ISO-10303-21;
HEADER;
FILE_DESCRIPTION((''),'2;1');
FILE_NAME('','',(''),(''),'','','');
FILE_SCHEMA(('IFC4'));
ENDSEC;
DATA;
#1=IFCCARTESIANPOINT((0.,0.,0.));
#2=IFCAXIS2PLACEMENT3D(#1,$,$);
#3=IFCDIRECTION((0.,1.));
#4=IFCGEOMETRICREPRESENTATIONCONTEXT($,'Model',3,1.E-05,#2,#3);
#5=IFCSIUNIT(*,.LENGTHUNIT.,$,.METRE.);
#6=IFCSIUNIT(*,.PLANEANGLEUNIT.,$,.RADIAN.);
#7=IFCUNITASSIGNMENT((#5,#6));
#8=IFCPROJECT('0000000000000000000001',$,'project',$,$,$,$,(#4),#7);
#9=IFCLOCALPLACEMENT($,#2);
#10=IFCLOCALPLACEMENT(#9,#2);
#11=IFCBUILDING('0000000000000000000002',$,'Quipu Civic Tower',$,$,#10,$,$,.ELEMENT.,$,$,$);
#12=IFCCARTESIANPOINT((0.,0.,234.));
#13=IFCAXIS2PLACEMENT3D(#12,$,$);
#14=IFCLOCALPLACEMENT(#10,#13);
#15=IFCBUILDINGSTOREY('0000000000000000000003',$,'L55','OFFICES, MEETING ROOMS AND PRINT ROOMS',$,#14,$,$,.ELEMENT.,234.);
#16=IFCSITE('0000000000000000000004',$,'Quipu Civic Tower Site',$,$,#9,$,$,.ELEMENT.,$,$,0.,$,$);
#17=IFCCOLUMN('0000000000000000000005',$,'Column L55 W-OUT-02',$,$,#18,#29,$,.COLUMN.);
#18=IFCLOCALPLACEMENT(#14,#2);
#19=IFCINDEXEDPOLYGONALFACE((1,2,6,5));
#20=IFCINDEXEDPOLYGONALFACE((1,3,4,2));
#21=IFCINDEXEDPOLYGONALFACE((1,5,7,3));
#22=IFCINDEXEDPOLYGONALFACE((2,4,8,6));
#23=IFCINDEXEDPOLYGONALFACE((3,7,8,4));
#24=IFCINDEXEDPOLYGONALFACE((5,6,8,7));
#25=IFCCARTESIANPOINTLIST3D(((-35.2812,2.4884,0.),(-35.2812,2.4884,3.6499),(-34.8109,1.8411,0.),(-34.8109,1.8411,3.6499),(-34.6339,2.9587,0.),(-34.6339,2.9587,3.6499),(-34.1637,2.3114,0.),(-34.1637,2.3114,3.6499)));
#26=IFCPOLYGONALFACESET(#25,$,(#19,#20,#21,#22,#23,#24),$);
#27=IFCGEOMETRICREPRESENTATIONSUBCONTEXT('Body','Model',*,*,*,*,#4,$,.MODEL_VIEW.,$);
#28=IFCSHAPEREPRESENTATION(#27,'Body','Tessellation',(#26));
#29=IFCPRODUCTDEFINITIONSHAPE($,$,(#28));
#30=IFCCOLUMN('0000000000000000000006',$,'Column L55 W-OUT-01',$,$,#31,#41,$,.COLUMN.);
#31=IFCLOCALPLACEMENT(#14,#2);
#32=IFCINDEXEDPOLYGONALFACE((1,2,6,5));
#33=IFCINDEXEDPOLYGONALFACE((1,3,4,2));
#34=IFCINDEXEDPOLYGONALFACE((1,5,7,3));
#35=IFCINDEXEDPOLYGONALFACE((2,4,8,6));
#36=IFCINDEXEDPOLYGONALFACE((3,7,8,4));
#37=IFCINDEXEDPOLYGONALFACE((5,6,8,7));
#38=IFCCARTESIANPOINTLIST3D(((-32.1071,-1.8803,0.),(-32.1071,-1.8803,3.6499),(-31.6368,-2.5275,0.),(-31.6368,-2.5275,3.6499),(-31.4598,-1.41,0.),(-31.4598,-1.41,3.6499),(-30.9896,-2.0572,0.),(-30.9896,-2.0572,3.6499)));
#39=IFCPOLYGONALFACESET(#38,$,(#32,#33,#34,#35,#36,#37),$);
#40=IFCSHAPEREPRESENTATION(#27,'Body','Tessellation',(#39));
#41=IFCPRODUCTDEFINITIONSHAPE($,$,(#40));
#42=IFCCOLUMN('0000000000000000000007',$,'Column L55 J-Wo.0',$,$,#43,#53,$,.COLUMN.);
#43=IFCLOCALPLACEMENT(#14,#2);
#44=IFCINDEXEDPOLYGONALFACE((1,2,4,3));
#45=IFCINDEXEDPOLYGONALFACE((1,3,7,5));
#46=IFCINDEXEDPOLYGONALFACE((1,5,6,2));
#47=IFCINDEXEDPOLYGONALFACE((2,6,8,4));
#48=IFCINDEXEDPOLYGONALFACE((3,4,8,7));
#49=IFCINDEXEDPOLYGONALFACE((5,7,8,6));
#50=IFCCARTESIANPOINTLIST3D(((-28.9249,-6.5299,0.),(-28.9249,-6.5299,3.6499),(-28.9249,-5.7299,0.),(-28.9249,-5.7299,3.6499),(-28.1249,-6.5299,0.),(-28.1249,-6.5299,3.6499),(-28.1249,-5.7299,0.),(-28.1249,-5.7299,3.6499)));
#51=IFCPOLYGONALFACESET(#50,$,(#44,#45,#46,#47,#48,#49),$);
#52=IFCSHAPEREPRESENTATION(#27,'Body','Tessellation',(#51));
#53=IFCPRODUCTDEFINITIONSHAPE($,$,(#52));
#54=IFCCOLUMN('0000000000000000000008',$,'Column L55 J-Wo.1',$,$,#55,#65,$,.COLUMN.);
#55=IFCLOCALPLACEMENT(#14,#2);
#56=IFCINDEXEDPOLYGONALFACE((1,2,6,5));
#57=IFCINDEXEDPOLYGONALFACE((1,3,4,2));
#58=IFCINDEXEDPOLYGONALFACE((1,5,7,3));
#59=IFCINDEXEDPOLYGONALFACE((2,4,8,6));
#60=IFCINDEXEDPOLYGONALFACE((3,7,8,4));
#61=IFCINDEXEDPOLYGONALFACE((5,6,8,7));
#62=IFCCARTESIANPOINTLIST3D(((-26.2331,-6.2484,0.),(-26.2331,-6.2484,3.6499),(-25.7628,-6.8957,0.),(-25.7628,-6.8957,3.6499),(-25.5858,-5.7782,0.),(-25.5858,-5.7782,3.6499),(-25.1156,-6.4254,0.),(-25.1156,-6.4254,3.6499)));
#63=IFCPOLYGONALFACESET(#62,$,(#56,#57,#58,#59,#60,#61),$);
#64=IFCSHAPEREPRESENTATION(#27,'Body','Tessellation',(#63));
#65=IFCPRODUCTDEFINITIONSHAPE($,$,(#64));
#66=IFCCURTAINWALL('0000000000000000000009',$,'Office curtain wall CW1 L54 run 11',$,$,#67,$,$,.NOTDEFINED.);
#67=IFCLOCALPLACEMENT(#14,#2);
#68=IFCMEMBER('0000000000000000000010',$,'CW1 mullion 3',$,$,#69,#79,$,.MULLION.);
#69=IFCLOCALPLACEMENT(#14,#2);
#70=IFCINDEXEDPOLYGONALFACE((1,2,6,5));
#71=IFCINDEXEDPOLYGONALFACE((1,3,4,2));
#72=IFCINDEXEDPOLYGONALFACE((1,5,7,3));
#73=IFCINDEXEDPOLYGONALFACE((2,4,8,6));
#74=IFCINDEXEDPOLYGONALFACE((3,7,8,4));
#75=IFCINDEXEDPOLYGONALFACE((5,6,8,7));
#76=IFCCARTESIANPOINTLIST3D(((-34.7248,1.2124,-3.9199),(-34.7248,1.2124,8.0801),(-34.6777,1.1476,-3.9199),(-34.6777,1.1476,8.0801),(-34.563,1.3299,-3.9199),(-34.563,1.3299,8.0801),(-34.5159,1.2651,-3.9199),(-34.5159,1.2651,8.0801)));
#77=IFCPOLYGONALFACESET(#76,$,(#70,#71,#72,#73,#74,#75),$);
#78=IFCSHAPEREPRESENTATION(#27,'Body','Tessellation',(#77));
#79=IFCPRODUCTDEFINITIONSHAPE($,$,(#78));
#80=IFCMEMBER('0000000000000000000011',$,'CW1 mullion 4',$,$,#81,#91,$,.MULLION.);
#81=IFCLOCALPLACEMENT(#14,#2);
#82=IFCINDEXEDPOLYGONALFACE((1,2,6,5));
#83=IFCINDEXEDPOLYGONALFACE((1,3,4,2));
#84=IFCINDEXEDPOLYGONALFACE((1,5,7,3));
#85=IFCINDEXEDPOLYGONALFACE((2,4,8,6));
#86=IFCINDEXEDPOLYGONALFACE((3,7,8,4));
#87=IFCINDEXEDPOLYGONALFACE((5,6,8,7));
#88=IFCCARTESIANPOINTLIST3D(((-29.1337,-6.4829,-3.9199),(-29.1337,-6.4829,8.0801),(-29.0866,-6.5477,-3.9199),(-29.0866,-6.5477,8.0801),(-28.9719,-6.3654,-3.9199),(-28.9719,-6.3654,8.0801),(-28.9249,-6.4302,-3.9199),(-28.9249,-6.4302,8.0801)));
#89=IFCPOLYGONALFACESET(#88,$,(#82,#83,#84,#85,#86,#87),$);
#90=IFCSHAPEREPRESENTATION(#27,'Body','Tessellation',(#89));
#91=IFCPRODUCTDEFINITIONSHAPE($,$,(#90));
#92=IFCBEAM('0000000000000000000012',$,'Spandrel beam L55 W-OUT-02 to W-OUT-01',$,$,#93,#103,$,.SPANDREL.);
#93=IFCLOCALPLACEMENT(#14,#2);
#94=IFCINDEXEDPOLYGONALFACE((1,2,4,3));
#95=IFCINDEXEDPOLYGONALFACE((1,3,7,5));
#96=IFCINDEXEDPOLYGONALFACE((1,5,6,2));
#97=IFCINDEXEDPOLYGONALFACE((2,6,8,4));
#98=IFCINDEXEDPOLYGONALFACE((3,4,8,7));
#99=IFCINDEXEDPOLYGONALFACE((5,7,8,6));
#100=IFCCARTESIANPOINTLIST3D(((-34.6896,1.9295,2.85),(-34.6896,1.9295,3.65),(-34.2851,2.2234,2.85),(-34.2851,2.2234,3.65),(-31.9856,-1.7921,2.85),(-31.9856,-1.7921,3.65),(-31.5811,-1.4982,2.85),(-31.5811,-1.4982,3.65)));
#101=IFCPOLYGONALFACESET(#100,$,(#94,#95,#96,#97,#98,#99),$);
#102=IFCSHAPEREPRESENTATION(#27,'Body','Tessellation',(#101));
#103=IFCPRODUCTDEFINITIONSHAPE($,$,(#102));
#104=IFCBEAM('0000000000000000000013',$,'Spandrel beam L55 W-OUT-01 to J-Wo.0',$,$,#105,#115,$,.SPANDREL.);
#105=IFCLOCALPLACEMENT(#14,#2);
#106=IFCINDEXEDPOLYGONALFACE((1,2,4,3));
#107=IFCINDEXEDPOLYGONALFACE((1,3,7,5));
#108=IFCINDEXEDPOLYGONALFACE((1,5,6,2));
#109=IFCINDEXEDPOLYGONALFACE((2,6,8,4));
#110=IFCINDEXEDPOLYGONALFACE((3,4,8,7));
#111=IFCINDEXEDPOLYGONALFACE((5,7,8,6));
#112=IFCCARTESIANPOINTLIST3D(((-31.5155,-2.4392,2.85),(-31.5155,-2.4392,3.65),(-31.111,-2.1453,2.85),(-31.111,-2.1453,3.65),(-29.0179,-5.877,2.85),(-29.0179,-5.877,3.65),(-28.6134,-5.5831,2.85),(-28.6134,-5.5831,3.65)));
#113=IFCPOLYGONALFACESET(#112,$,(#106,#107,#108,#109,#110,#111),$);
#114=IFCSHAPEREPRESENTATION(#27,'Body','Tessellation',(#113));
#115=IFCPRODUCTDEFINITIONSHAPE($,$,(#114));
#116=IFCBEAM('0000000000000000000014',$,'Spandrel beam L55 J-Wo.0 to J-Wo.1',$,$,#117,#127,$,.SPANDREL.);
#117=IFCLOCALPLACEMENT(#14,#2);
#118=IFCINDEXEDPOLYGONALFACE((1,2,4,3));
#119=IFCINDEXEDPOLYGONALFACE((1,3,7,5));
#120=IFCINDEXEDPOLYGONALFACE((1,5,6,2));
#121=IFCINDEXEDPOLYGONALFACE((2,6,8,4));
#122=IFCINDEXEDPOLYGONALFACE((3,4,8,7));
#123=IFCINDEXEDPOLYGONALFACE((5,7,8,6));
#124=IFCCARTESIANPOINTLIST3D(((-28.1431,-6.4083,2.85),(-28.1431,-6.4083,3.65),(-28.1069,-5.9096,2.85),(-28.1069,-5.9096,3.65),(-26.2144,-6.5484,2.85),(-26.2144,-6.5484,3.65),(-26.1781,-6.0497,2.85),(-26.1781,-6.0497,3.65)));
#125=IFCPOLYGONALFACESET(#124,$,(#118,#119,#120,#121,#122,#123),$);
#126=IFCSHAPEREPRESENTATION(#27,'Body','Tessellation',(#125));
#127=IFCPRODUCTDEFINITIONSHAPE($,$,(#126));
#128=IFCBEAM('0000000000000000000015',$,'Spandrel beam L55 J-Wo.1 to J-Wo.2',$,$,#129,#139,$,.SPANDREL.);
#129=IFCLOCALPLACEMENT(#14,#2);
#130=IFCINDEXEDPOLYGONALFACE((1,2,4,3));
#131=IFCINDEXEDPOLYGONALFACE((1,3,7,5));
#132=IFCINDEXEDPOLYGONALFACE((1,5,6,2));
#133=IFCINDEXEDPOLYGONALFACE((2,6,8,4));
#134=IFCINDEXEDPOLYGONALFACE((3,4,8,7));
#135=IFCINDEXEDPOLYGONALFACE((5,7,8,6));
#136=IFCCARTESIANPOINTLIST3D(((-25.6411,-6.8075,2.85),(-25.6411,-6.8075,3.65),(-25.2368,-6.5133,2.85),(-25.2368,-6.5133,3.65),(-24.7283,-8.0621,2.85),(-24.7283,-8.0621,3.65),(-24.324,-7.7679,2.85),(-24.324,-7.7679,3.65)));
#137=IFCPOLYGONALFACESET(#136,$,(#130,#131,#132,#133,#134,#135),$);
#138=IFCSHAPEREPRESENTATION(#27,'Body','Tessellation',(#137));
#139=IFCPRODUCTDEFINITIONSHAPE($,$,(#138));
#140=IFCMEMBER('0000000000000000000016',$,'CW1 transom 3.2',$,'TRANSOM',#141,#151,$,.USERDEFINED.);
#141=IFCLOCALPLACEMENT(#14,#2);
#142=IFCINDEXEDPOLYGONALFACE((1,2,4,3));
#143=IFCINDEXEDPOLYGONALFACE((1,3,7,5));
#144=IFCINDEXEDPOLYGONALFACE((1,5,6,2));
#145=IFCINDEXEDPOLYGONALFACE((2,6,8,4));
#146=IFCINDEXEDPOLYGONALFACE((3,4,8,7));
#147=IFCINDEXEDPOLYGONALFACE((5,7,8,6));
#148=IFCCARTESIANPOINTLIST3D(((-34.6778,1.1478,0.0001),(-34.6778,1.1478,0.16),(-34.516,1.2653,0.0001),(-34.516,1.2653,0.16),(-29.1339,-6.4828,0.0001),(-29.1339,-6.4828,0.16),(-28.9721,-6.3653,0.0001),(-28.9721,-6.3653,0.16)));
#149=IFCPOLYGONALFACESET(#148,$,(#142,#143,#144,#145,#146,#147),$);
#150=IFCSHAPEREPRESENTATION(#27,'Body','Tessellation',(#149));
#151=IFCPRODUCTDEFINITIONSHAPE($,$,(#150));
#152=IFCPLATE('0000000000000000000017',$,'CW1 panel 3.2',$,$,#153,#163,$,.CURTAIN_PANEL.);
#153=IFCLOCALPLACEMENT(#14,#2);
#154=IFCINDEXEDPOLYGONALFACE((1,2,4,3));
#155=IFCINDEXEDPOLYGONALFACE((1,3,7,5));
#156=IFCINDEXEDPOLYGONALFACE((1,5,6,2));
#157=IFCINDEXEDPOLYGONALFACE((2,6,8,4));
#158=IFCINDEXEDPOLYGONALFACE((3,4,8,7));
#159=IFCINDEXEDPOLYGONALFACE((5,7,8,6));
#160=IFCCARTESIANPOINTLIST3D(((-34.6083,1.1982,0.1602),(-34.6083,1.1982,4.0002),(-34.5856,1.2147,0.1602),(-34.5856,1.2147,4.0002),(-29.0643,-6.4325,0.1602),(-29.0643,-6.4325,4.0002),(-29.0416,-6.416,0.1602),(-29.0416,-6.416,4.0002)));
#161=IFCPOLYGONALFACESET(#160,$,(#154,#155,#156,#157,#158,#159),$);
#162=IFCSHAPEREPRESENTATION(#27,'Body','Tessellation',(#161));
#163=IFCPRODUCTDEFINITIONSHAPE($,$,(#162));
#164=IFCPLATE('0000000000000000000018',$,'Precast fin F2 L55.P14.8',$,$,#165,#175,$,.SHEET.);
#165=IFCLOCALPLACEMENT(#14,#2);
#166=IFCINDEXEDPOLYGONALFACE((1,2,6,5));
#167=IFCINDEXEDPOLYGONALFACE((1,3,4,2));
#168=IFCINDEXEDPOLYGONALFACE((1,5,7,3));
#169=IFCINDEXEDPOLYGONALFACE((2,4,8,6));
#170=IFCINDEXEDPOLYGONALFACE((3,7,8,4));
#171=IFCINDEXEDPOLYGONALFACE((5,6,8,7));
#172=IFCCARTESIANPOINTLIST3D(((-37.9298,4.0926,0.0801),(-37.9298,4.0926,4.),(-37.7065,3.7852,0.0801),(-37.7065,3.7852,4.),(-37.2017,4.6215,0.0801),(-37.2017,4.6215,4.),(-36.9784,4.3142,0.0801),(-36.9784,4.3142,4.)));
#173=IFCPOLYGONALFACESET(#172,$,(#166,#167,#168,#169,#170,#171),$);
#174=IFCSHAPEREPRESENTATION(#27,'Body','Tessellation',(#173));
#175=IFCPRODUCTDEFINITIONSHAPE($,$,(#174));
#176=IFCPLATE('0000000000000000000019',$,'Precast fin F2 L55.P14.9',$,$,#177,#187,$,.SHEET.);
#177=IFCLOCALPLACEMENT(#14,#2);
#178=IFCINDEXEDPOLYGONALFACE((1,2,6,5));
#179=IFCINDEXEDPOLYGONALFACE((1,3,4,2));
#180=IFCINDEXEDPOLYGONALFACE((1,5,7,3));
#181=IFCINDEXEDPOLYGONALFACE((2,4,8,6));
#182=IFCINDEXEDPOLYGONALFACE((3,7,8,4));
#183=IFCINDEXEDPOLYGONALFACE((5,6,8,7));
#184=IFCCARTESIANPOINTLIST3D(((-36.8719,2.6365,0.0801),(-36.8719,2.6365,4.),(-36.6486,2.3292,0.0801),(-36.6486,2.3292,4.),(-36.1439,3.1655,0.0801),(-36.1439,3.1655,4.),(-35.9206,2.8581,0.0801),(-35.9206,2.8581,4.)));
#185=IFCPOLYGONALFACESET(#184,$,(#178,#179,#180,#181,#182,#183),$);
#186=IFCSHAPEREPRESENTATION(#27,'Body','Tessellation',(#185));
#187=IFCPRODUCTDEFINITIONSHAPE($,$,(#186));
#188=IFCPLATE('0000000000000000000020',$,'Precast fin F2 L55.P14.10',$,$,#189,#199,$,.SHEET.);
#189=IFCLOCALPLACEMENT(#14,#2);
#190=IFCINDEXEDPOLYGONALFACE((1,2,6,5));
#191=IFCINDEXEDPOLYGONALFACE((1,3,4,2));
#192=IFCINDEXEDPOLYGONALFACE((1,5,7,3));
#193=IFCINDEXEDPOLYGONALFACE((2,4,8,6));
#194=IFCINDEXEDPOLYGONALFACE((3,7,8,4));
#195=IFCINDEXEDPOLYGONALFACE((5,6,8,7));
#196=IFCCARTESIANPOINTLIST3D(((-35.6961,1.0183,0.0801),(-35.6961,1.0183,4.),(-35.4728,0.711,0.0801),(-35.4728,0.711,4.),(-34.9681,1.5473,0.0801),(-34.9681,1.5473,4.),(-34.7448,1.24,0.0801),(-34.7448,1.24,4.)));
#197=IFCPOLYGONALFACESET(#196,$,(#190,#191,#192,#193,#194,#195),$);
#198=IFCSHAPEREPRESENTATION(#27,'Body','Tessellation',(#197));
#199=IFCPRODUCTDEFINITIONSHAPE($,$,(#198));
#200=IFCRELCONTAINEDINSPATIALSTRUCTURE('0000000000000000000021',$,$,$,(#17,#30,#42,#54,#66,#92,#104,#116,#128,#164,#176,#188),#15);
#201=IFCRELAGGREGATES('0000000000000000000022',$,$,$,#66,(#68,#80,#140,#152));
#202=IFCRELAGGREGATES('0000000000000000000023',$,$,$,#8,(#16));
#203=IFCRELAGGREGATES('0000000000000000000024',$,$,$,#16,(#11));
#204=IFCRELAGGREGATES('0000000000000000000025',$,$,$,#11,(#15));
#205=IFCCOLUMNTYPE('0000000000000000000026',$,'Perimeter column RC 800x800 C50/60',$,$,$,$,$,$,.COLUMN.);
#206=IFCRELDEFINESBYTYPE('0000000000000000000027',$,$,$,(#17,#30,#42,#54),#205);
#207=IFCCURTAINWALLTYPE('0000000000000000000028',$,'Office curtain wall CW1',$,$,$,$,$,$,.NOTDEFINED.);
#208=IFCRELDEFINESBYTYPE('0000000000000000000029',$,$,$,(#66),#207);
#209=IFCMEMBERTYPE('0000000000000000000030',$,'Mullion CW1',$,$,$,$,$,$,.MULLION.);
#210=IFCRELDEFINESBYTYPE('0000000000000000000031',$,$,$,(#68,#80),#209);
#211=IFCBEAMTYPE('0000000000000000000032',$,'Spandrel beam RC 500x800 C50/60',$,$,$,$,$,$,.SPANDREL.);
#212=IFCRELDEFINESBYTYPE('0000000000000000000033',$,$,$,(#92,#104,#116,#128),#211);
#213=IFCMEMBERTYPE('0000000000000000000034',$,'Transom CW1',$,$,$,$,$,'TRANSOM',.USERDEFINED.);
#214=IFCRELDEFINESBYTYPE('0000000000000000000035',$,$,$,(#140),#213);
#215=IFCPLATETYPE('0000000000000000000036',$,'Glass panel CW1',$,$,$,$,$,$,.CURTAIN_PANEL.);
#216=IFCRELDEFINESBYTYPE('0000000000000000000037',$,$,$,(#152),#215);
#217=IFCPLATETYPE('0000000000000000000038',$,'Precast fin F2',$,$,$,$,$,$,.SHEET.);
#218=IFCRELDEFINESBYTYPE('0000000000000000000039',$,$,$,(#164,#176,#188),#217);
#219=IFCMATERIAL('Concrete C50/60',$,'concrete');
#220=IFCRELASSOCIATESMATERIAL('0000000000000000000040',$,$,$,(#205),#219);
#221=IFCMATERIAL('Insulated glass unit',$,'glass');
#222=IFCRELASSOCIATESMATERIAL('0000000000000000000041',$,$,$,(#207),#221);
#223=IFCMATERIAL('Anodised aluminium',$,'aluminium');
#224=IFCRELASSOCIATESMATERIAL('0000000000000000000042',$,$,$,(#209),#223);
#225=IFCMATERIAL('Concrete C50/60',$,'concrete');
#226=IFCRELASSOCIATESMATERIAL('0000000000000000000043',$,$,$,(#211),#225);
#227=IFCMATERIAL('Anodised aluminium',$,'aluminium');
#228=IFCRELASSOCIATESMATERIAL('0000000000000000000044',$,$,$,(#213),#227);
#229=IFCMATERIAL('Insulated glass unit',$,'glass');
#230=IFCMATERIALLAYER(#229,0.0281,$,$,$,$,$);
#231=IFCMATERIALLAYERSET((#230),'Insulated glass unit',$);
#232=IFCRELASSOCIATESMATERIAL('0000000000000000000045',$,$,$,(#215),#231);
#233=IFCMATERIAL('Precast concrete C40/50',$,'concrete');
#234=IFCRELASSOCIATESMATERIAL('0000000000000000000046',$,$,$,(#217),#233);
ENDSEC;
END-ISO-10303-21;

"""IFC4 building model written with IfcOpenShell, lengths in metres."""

from ifc_helpers import new_model, si_unit, direction, frame, origin, origin_2d, place, context, subcontext, project, spatial, rectangle, extrude, material, layer, layer_set, material_profile, profile_set, type_object, element, aggregate, save


model = new_model("IFC4")

# Units and contexts
model_context = context("Model", 3, precision=1e-05, world=origin(), true_north=direction((0.0, 1.0)))
body_context = subcontext(model_context, "Body", "Model", "MODEL_VIEW")
ifc_project = project(units=[si_unit("LENGTHUNIT", "METRE"), si_unit("PLANEANGLEUNIT", "RADIAN")], contexts=[model_context])

# Site, building, storey
site_placement = place(None, origin())
site = spatial("IfcSite", under=ifc_project, at=site_placement, Name="Quipu Civic Tower Site", CompositionType="ELEMENT", RefElevation=0.0)
building_placement = place(site_placement, origin())
building = spatial("IfcBuilding", under=site, at=building_placement, Name="Quipu Civic Tower", CompositionType="ELEMENT")
storey_placement = place(building_placement, frame((0.0, 0.0, 234.0)))
storey = spatial("IfcBuildingStorey", under=building, at=storey_placement, Name="L55", Description="OFFICES, MEETING ROOMS AND PRINT ROOMS", CompositionType="ELEMENT", Elevation=234.0)

# Columns
ifc_material_1 = material(Name="Concrete C50/60", Category="concrete")
ifc_material_profile_1 = material_profile(ifc_material_1, rectangle(XDim=0.8, YDim=0.8, at=origin_2d()), Name="RC800x800")
ifc_profile_set_1 = profile_set([ifc_material_profile_1], Name="Concrete C50/60")
column_type = type_object("IfcColumnType", Name="Perimeter column RC 800x800 C50/60", PredefinedType="COLUMN", material=ifc_profile_set_1)
for number, where, z_axis, x_axis, name in (
    (1, (-34.7224, 2.3999, 0.0), (0.0, 0.0, 1.0), (0.587785, -0.809017, 0.0), "Column L55 W-OUT-02"),
    (2, (-31.5483, -1.9688, 0.0), (0.0, 0.0, 1.0), (0.587785, -0.809017, 0.0), "Column L55 W-OUT-01"),
    (3, (-28.5249, -6.1299, 0.0), (0.0, 0.0, 1.0), (1.0, 0.0, 0.0), "Column L55 J-Wo.0"),
    (4, (-25.6743, -6.3369, 0.0), (0.0, 0.0, 1.0), (0.587785, -0.809017, 0.0), "Column L55 J-Wo.1"),
):
    element("IfcColumn", number, at=place(storey_placement, frame(where, z_axis=z_axis, x_axis=x_axis)), inside=storey, type_object=column_type, Name=name, PredefinedType="COLUMN", context=body_context, shape_type="SweptSolid", body=[
        extrude(rectangle(XDim=0.8, YDim=0.8, at=origin_2d()), origin(), (0.0, 0.0, 1.0), 3.6499),
    ])

# Curtain wall, members
ifc_material_2 = material(Name="Insulated glass unit", Category="glass")
curtain_wall_type = type_object("IfcCurtainWallType", Name="Office curtain wall CW1", PredefinedType="NOTDEFINED", material=ifc_material_2)
curtain_wall_placement = place(storey_placement, origin())
curtain_wall = element("IfcCurtainWall", 5, at=curtain_wall_placement, inside=storey, type_object=curtain_wall_type, Name="Office curtain wall CW1 L54 run 11", PredefinedType="NOTDEFINED")
ifc_material_3 = material(Name="Anodised aluminium", Category="aluminium")
ifc_material_profile_2 = material_profile(ifc_material_3, rectangle(XDim=0.2, YDim=0.0801, at=origin_2d()), Name="RECT 200x80")
ifc_profile_set_2 = profile_set([ifc_material_profile_2], Name="Anodised aluminium")
member_type_1 = type_object("IfcMemberType", Name="Mullion CW1", PredefinedType="MULLION", material=ifc_profile_set_2)
member_1_placement = place(storey_placement, frame((-34.6204, 1.2388, -3.9199), z_axis=(0.0, 0.0, 1.0), x_axis=(0.809017, 0.587786, 0.0)))
member_1 = element("IfcMember", 6, at=member_1_placement, type_object=member_type_1, Name="CW1 mullion 3", PredefinedType="MULLION", context=body_context, shape_type="SweptSolid", body=[
    extrude(rectangle(XDim=0.2, YDim=0.0801, at=origin_2d()), origin(), (0.0, 0.0, 1.0), 12.0),
])
member_2_placement = place(storey_placement, frame((-29.0293, -6.4565, -3.9199), z_axis=(0.0, 0.0, 1.0), x_axis=(0.809017, 0.587786, 0.0)))
member_2 = element("IfcMember", 7, at=member_2_placement, type_object=member_type_1, Name="CW1 mullion 4", PredefinedType="MULLION", context=body_context, shape_type="SweptSolid", body=[
    extrude(rectangle(XDim=0.2, YDim=0.0801, at=origin_2d()), origin(), (0.0, 0.0, 1.0), 12.0),
])

# Beams
ifc_material_4 = material(Name="Concrete C50/60", Category="concrete")
ifc_material_profile_3 = material_profile(ifc_material_4, rectangle(XDim=0.5, YDim=0.8, at=origin_2d()), Name="RC500x800")
ifc_profile_set_3 = profile_set([ifc_material_profile_3], Name="Concrete C50/60")
beam_type = type_object("IfcBeamType", Name="Spandrel beam RC 500x800 C50/60", PredefinedType="SPANDREL", material=ifc_profile_set_3)
beam_1_placement = place(storey_placement, frame((-34.4873, 2.0764, 3.25), z_axis=(0.587796, -0.809009, 0.0), x_axis=(0.809009, 0.587796, 0.0)))
element("IfcBeam", 8, at=beam_1_placement, inside=storey, type_object=beam_type, Name="Spandrel beam L55 W-OUT-02 to W-OUT-01", PredefinedType="SPANDREL", context=body_context, shape_type="SweptSolid", body=[
    extrude(rectangle(XDim=0.5, YDim=0.8, at=origin_2d()), origin(), (0.0, 0.0, 1.0), 4.6001),
])
beam_2_placement = place(storey_placement, frame((-31.3132, -2.2922, 3.25), z_axis=(0.587769, -0.809029, 0.0), x_axis=(0.809029, 0.587769, 0.0)))
element("IfcBeam", 9, at=beam_2_placement, inside=storey, type_object=beam_type, Name="Spandrel beam L55 W-OUT-01 to J-Wo.0", PredefinedType="SPANDREL", context=body_context, shape_type="SweptSolid", body=[
    extrude(rectangle(XDim=0.5, YDim=0.8, at=origin_2d()), origin(), (0.0, 0.0, 1.0), 4.2493),
])
beam_3_placement = place(storey_placement, frame((-28.125, -6.1589, 3.25), z_axis=(0.997371, -0.072467, 0.0), x_axis=(0.072467, 0.997371, 0.0)))
element("IfcBeam", 10, at=beam_3_placement, inside=storey, type_object=beam_type, Name="Spandrel beam L55 J-Wo.0 to J-Wo.1", PredefinedType="SPANDREL", context=body_context, shape_type="SweptSolid", body=[
    extrude(rectangle(XDim=0.5, YDim=0.8, at=origin_2d()), origin(), (0.0, 0.0, 1.0), 1.9338),
])
beam_4_placement = place(storey_placement, frame((-25.439, -6.6604, 3.25), z_axis=(0.588331, -0.80862, 0.0), x_axis=(0.80862, 0.588331, 0.0)))
element("IfcBeam", 11, at=beam_4_placement, inside=storey, type_object=beam_type, Name="Spandrel beam L55 J-Wo.1 to J-Wo.2", PredefinedType="SPANDREL", context=body_context, shape_type="SweptSolid", body=[
    extrude(rectangle(XDim=0.5, YDim=0.8, at=origin_2d()), origin(), (0.0, 0.0, 1.0), 1.5515),
])

# Member
ifc_material_5 = material(Name="Anodised aluminium", Category="aluminium")
ifc_material_profile_4 = material_profile(ifc_material_5, rectangle(XDim=0.2, YDim=0.1599, at=origin_2d()), Name="RECT 200x160")
ifc_profile_set_4 = profile_set([ifc_material_profile_4], Name="Anodised aluminium")
member_type_2 = type_object("IfcMemberType", Name="Transom CW1", ElementType="TRANSOM", PredefinedType="USERDEFINED", material=ifc_profile_set_4)
member_3_placement = place(storey_placement, frame((-34.5969, 1.2065, 0.0801), z_axis=(0.587784, -0.809018, 0.0), x_axis=(0.809018, 0.587784, 0.0)))
member_3 = element("IfcMember", 12, at=member_3_placement, type_object=member_type_2, Name="CW1 transom 3.2", ObjectType="TRANSOM", PredefinedType="USERDEFINED", context=body_context, shape_type="SweptSolid", body=[
    extrude(rectangle(XDim=0.2, YDim=0.1599, at=origin_2d()), origin(), (0.0, 0.0, 1.0), 9.4319),
])

# Plate
ifc_material_6 = material(Name="Insulated glass unit", Category="glass")
ifc_layer = layer(ifc_material_6, 0.0281)
ifc_layer_set = layer_set([ifc_layer], Name="Insulated glass unit")
plate_type_1 = type_object("IfcPlateType", Name="Glass panel CW1", PredefinedType="CURTAIN_PANEL", material=ifc_layer_set)
plate_placement = place(storey_placement, frame((-31.825, -2.6089, 0.1602), z_axis=(0.0, 0.0, 1.0), x_axis=(0.587786, -0.809017, 0.0)))
plate = element("IfcPlate", 13, at=plate_placement, type_object=plate_type_1, Name="CW1 panel 3.2", PredefinedType="CURTAIN_PANEL", context=body_context, shape_type="SweptSolid", body=[
    extrude(rectangle(XDim=9.4321, YDim=0.0281, at=origin_2d()), origin(), (0.0, 0.0, 1.0), 3.8401),
])
aggregate(curtain_wall, [member_1, member_2, member_3, plate])

# Plates
ifc_material_7 = material(Name="Precast concrete C40/50", Category="concrete")
plate_type_2 = type_object("IfcPlateType", Name="Precast fin F2", PredefinedType="SHEET", material=ifc_material_7)
for number, where, z_axis, x_axis, name in (
    (14, (-37.4541, 4.2034, 0.0801), (0.0, 0.0, 1.0), (0.587786, -0.809017, 0.0), "Precast fin F2 L55.P14.8"),
    (15, (-36.3962, 2.7473, 0.0801), (0.0, 0.0, 1.0), (0.587786, -0.809017, 0.0), "Precast fin F2 L55.P14.9"),
    (16, (-35.2205, 1.1292, 0.0801), (0.0, 0.0, 1.0), (0.587786, -0.809017, 0.0), "Precast fin F2 L55.P14.10"),
):
    element("IfcPlate", number, at=place(storey_placement, frame(where, z_axis=z_axis, x_axis=x_axis)), inside=storey, type_object=plate_type_2, Name=name, PredefinedType="SHEET", context=body_context, shape_type="SweptSolid", body=[
        extrude(rectangle(XDim=0.3799, YDim=0.8999, at=origin_2d()), origin(), (0.0, 0.0, 1.0), 3.9199),
    ])

save(model, "model.ifc")
